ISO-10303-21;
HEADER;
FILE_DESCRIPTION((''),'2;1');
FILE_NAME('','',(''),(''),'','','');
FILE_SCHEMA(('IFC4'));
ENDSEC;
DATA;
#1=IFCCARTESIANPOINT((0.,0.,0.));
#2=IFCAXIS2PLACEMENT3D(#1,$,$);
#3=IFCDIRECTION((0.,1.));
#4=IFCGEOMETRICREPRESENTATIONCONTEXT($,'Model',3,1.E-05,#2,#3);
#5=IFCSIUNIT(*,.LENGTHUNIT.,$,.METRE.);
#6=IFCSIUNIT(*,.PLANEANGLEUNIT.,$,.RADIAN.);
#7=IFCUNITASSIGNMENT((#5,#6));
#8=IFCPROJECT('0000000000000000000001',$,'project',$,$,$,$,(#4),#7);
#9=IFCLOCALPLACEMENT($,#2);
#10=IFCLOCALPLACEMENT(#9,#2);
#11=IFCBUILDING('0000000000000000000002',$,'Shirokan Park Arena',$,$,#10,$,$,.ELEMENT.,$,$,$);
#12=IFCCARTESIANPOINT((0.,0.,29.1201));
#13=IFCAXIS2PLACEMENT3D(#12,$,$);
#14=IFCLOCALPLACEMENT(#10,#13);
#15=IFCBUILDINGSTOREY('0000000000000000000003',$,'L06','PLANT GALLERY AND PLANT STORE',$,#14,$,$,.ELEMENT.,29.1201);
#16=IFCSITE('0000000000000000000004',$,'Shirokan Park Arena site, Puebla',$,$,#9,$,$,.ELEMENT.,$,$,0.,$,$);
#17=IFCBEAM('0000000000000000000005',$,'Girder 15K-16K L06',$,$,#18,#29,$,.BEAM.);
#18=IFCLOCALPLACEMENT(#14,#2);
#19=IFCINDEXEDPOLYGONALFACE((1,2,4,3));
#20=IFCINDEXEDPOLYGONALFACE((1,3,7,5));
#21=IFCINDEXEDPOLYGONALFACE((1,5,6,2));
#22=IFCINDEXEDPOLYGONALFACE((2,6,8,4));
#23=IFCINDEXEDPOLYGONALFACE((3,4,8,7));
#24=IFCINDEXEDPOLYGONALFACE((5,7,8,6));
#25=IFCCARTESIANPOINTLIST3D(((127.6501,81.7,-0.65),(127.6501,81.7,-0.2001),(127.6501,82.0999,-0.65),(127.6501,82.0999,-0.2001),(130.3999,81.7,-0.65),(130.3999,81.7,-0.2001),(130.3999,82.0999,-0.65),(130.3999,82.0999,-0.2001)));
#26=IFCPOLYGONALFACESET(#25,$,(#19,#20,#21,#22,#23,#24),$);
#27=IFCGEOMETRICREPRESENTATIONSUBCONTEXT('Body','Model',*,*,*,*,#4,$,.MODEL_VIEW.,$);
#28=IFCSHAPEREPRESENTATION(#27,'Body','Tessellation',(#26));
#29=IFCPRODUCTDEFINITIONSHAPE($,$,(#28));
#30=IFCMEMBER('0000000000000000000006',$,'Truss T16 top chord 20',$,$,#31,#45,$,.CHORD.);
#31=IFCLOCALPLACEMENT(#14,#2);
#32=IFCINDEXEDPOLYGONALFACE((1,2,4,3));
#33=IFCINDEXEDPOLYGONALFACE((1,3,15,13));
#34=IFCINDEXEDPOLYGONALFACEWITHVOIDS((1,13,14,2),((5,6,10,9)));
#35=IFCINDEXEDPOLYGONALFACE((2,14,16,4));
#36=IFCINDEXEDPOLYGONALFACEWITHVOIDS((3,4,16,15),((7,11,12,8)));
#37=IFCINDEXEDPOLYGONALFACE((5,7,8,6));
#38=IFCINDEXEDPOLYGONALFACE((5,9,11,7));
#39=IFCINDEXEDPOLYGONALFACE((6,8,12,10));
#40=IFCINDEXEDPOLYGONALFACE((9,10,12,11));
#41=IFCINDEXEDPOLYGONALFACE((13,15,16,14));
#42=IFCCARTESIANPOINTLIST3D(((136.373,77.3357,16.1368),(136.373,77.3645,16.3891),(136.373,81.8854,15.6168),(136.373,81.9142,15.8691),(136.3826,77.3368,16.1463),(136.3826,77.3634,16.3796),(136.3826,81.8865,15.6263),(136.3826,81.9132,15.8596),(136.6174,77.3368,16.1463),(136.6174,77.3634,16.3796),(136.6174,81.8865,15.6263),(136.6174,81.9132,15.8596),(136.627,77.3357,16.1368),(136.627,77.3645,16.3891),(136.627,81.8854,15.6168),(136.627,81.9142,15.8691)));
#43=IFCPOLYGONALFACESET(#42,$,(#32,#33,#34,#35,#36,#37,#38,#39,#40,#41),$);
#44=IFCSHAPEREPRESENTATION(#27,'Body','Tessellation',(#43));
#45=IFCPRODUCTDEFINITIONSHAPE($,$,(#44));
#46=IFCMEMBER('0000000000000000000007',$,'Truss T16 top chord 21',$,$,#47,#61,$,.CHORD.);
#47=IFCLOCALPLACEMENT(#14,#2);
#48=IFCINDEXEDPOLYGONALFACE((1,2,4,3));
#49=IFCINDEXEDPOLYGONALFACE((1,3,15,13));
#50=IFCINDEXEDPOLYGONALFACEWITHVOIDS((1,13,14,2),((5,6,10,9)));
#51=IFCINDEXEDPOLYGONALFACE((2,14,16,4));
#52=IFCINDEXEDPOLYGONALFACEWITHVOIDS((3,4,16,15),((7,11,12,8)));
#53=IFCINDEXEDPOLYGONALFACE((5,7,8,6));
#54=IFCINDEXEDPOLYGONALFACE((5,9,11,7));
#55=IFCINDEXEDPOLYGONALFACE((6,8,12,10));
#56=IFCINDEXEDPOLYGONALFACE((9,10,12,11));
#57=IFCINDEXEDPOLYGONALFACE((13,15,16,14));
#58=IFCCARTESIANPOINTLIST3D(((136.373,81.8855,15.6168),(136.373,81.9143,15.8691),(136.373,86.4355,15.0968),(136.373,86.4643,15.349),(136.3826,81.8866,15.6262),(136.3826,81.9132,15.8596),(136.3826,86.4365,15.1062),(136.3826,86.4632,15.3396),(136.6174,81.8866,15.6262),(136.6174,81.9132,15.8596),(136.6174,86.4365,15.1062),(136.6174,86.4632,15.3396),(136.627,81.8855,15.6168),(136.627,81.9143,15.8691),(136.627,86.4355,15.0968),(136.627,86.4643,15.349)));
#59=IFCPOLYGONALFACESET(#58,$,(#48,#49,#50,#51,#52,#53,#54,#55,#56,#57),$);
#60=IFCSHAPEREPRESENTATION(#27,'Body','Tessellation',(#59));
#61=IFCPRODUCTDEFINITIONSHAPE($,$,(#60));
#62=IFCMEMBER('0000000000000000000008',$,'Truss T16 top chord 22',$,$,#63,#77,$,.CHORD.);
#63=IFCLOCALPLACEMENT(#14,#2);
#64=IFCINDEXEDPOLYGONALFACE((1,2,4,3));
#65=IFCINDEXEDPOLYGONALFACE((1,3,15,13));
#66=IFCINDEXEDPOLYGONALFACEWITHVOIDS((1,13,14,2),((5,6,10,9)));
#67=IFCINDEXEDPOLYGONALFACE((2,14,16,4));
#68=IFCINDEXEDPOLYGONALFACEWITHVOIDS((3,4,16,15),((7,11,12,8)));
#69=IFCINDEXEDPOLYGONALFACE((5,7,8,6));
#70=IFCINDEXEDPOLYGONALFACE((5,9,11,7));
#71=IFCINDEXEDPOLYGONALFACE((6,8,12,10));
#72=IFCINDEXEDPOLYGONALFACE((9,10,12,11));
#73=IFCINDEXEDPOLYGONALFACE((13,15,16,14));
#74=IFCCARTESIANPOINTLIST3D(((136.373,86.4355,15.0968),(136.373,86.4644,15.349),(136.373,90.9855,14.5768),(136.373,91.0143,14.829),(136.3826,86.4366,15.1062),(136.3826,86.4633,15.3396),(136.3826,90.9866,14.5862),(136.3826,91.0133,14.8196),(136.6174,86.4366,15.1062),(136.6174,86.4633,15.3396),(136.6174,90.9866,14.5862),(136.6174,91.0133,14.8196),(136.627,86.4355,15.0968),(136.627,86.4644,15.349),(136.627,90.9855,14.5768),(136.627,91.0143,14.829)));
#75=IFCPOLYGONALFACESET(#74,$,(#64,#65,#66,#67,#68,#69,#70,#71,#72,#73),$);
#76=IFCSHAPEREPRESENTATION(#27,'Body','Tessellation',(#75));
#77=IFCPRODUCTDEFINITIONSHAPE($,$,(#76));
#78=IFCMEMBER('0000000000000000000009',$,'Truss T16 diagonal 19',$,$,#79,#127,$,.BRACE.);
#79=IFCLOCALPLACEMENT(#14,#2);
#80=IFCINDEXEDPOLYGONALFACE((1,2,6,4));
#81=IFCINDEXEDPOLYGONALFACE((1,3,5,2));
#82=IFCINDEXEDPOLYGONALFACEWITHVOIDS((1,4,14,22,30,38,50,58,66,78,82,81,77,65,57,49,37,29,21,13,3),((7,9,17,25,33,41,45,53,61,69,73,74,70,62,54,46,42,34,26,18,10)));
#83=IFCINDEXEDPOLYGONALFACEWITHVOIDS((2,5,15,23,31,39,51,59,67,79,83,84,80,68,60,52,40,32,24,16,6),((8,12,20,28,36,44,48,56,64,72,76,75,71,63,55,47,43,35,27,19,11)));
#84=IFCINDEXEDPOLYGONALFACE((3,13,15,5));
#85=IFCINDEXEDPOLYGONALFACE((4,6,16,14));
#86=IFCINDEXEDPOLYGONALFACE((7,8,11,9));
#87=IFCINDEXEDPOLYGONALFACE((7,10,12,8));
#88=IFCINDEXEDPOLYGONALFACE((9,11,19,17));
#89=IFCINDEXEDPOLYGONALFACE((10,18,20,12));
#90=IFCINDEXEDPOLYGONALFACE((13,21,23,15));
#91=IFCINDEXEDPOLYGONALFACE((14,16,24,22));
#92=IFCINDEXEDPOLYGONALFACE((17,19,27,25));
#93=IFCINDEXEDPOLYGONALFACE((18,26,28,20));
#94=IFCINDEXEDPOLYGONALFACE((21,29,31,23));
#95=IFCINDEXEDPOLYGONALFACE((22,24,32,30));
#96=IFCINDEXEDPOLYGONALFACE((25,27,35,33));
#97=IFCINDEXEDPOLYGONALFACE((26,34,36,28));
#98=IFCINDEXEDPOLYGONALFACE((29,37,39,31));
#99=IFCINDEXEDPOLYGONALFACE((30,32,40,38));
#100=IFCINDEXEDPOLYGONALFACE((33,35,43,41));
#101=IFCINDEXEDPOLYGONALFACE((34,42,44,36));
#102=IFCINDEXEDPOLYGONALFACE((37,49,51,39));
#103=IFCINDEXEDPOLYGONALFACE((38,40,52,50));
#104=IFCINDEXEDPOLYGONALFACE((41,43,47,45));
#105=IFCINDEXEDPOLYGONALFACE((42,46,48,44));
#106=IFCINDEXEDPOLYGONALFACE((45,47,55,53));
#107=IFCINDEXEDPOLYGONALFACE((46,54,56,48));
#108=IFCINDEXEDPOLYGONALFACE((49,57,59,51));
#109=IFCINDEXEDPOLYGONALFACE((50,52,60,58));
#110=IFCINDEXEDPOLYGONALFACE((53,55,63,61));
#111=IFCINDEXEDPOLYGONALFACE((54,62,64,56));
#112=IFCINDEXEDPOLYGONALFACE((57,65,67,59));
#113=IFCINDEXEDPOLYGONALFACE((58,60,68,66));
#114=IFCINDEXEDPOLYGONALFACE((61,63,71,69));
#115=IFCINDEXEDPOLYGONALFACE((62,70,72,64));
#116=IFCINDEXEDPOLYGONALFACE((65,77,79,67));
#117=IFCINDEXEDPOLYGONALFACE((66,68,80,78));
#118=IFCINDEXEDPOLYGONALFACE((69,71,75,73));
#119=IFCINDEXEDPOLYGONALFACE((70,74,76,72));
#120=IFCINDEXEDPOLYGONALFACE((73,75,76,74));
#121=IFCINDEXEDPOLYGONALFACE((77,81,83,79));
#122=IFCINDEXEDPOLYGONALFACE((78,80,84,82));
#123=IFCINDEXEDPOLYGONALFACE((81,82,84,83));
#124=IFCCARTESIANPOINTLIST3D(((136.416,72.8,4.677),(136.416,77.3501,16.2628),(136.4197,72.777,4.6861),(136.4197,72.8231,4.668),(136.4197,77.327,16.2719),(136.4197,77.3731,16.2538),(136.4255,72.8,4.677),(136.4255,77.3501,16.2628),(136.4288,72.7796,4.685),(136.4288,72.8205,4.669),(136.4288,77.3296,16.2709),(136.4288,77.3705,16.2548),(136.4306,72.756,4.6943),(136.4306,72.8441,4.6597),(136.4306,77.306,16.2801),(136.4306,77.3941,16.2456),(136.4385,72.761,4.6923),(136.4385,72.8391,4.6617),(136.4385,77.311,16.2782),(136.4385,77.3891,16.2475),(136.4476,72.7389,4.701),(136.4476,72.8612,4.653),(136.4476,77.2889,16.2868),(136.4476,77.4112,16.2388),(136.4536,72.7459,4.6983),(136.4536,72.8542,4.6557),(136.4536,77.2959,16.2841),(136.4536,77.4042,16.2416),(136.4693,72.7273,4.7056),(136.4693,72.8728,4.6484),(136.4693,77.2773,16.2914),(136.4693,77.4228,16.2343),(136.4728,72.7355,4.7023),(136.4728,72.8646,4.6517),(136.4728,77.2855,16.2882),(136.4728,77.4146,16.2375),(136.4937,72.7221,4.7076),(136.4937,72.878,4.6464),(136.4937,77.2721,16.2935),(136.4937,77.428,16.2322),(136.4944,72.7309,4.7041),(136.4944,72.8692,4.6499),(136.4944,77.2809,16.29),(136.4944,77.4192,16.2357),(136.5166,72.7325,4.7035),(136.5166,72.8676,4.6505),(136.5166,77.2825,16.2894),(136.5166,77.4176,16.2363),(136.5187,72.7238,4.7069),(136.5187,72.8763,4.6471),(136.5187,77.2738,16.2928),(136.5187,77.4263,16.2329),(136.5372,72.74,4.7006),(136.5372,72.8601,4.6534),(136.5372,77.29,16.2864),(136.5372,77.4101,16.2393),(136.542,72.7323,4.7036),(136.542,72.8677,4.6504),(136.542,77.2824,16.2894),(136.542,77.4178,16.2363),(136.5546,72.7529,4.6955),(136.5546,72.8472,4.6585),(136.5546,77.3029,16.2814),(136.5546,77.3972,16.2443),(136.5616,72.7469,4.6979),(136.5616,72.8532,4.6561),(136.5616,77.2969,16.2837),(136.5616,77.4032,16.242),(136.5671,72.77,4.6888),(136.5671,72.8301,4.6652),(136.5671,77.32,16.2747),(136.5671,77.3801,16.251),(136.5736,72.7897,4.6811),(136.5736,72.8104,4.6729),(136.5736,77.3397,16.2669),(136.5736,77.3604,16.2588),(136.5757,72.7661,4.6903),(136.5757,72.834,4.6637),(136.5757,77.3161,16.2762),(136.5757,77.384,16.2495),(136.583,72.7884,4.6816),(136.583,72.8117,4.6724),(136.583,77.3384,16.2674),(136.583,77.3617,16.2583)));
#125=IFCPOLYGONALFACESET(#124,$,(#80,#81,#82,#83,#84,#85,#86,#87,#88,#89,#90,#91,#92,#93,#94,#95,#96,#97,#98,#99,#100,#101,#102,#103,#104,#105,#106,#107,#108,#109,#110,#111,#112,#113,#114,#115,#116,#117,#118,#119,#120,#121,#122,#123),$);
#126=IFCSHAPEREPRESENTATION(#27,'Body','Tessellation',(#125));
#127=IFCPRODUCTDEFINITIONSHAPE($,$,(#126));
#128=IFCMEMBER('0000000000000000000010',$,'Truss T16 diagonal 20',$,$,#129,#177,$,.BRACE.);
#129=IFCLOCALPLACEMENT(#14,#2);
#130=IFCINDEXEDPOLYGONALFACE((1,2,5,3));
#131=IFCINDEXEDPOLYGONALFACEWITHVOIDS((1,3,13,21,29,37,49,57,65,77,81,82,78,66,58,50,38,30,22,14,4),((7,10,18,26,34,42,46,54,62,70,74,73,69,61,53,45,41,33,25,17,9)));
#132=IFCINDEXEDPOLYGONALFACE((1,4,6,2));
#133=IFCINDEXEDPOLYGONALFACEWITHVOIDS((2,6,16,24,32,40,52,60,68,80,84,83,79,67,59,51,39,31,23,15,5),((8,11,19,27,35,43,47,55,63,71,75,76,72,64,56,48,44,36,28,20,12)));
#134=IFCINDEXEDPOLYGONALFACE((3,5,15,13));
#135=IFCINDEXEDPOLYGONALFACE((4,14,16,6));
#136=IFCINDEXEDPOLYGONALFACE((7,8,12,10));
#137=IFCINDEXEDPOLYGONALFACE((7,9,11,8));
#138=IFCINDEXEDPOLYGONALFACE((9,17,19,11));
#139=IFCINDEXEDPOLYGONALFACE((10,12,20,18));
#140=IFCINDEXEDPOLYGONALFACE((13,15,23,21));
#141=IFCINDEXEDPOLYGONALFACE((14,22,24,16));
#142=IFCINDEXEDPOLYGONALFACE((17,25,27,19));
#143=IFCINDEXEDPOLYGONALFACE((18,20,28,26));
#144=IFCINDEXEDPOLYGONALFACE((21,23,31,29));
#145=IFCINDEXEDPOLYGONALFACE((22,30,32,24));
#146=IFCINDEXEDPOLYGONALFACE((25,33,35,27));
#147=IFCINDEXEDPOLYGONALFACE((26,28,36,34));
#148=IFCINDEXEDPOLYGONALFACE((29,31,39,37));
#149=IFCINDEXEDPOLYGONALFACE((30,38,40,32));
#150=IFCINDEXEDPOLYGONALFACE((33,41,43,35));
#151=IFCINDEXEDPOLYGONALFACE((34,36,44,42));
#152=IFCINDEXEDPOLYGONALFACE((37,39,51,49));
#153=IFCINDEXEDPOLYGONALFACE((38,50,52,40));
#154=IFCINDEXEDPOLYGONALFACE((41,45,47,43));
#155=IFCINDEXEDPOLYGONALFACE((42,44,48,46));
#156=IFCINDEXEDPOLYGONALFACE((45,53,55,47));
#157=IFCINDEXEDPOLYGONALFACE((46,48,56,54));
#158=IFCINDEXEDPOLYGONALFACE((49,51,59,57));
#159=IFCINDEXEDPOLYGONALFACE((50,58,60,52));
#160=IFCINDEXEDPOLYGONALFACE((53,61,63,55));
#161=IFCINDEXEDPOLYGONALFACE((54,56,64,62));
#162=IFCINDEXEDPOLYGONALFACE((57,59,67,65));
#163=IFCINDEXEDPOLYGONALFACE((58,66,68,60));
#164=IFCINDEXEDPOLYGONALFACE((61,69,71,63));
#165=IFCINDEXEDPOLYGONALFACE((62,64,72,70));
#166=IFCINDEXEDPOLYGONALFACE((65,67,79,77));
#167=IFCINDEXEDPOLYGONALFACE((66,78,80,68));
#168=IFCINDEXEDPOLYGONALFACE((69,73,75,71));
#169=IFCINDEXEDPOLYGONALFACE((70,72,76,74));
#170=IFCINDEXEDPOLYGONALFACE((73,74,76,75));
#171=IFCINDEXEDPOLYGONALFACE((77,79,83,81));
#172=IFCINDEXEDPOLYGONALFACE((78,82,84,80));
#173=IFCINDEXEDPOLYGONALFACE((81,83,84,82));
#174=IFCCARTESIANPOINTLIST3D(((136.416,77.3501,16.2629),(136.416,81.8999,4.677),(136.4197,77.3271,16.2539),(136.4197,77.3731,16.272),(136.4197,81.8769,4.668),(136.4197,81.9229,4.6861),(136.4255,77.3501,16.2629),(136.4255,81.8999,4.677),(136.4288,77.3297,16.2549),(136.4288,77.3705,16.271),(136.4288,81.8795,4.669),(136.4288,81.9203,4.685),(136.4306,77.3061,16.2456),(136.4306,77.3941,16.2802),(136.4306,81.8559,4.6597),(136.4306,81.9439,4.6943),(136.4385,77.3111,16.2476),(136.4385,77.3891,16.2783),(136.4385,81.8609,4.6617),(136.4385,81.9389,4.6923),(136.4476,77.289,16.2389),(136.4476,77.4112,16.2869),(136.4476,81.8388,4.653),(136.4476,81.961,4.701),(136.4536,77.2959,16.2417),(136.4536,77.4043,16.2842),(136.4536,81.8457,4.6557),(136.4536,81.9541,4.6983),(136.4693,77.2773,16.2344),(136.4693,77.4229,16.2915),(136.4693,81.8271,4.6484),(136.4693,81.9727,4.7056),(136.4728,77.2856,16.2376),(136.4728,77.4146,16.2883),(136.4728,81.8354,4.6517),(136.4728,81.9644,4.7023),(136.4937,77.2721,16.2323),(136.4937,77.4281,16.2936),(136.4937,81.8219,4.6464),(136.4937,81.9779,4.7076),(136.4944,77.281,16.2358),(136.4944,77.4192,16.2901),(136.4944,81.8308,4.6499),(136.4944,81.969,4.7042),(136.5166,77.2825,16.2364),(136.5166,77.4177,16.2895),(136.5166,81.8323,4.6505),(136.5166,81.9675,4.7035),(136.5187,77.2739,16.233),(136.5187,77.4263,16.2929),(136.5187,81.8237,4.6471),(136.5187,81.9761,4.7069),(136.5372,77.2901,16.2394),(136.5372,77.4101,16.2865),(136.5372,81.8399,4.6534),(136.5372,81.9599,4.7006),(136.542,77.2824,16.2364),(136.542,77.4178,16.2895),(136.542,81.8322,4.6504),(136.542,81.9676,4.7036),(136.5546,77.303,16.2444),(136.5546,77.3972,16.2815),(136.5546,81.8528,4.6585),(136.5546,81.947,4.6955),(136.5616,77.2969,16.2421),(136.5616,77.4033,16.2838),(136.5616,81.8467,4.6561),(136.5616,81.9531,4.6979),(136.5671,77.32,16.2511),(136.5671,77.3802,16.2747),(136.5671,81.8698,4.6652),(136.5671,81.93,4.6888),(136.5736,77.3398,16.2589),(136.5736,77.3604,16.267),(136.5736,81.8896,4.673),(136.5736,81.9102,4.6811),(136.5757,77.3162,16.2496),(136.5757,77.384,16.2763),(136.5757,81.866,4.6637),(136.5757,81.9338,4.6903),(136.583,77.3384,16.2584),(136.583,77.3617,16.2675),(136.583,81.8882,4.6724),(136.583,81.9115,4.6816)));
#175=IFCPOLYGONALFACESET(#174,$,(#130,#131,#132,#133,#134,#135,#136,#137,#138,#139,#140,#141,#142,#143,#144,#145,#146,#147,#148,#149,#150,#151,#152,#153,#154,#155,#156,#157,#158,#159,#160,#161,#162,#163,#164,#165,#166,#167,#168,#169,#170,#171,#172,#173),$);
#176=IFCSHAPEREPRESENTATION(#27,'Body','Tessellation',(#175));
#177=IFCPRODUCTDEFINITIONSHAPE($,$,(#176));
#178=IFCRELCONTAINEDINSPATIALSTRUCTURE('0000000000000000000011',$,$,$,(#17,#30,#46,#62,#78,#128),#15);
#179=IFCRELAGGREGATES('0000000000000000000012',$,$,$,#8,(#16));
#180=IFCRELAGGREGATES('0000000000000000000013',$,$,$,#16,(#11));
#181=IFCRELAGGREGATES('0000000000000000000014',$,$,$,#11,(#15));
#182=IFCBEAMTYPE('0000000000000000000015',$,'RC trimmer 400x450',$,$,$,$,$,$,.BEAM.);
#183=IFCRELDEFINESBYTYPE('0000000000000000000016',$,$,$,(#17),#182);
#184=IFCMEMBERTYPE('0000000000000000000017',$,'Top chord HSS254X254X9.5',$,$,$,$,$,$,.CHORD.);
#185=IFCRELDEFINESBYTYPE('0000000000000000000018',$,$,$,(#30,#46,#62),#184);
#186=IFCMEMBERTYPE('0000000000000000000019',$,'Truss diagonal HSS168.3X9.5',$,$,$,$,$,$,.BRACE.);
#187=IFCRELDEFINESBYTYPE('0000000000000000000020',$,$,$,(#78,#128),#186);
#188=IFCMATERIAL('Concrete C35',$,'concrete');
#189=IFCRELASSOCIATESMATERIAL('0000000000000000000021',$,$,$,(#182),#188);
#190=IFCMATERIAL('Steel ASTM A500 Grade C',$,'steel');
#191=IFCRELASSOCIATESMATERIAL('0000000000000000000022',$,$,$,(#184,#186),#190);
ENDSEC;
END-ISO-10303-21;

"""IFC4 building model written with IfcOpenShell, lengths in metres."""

from ifc_helpers import new_model, si_unit, direction, frame, origin, origin_2d, place, context, subcontext, project, spatial, rectangle, hollow_rectangle, hollow_circle, extrude, material, material_profile, profile_set, type_object, element, save


model = new_model("IFC4")

# Units and contexts
model_context = context("Model", 3, precision=1e-05, world=origin(), true_north=direction((0.0, 1.0)))
body_context = subcontext(model_context, "Body", "Model", "MODEL_VIEW")
ifc_project = project(units=[si_unit("LENGTHUNIT", "METRE"), si_unit("PLANEANGLEUNIT", "RADIAN")], contexts=[model_context])

# Site, building, storey
site_placement = place(None, origin())
site = spatial("IfcSite", under=ifc_project, at=site_placement, Name="Shirokan Park Arena site, Puebla", CompositionType="ELEMENT", RefElevation=0.0)
building_placement = place(site_placement, origin())
building = spatial("IfcBuilding", under=site, at=building_placement, Name="Shirokan Park Arena", CompositionType="ELEMENT")
storey_placement = place(building_placement, frame((0.0, 0.0, 29.1201)))
storey = spatial("IfcBuildingStorey", under=building, at=storey_placement, Name="L06", Description="PLANT GALLERY AND PLANT STORE", CompositionType="ELEMENT", Elevation=29.1201)

# Shared definitions
ifc_material_1 = material(Name="Concrete C35", Category="concrete")

# Shared definitions
ifc_material_2 = material(Name="Steel ASTM A500 Grade C", Category="steel")

# Beam
ifc_material_profile_1 = material_profile(ifc_material_1, rectangle(XDim=0.3999, YDim=0.45, at=origin_2d()), Name="400x450")
ifc_profile_set_1 = profile_set([ifc_material_profile_1], Name="Concrete C35")
beam_type_1 = type_object("IfcBeamType", Name="RC trimmer 400x450", PredefinedType="BEAM", material=ifc_profile_set_1)
beam_placement = place(storey_placement, frame((127.6501, 81.8999, -0.425), z_axis=(1.0, 0.0, 0.0), x_axis=(0.0, 1.0, 0.0)))
element("IfcBeam", 1, at=beam_placement, inside=storey, type_object=beam_type_1, Name="Girder 15K-16K L06", PredefinedType="BEAM", context=body_context, shape_type="SweptSolid", body=[
    extrude(rectangle(XDim=0.3999, YDim=0.45, at=origin_2d()), origin(), (0.0, 0.0, 1.0), 2.7498),
])

# Members
ifc_material_profile_2 = material_profile(ifc_material_2, hollow_rectangle(XDim=0.2539, YDim=0.2539, WallThickness=0.0095, at=origin_2d()), Name="HSS254X254X9.5")
ifc_profile_set_2 = profile_set([ifc_material_profile_2], Name="Steel ASTM A500 Grade C")
member_type_1 = type_object("IfcMemberType", Name="Top chord HSS254X254X9.5", PredefinedType="CHORD", material=ifc_profile_set_2)
member_1_placement = place(storey_placement, frame((136.5, 77.3501, 16.2629), z_axis=(0.0, 0.993532, -0.113556), x_axis=(-1.0, 0.0, 0.0)))
element("IfcMember", 2, at=member_1_placement, inside=storey, type_object=member_type_1, Name="Truss T16 top chord 20", PredefinedType="CHORD", context=body_context, shape_type="SweptSolid", body=[
    extrude(hollow_rectangle(XDim=0.2539, YDim=0.2539, WallThickness=0.0095, at=origin_2d()), origin(), (0.0, 0.0, 1.0), 4.5793),
])
for number, where, z_axis, x_axis, name in (
    (3, (136.5, 81.8999, 15.7429), (0.0, 0.993532, -0.11355), (-1.0, 0.0, 0.0), "Truss T16 top chord 21"),
    (4, (136.5, 86.45, 15.2229), (0.0, 0.993532, -0.11355), (-1.0, 0.0, 0.0), "Truss T16 top chord 22"),
):
    element("IfcMember", number, at=place(storey_placement, frame(where, z_axis=z_axis, x_axis=x_axis)), inside=storey, type_object=member_type_1, Name=name, PredefinedType="CHORD", context=body_context, shape_type="SweptSolid", body=[
        extrude(hollow_rectangle(XDim=0.2539, YDim=0.2539, WallThickness=0.0095, at=origin_2d()), origin(), (0.0, 0.0, 1.0), 4.5796),
    ])
ifc_material_profile_3 = material_profile(ifc_material_2, hollow_circle(Radius=0.084, WallThickness=0.0095, at=origin_2d()), Name="HSS168.3X9.5")
ifc_profile_set_3 = profile_set([ifc_material_profile_3], Name="Steel ASTM A500 Grade C")
member_type_2 = type_object("IfcMemberType", Name="Truss diagonal HSS168.3X9.5", PredefinedType="BRACE", material=ifc_profile_set_3)
for number, where, z_axis, x_axis, name in (
    (5, (136.5, 72.8, 4.677), (0.0, 0.365543, 0.930794), (-1.0, 0.0, 0.0), "Truss T16 diagonal 19"),
    (6, (136.5, 77.3501, 16.2629), (0.0, 0.365526, -0.930801), (-1.0, 0.0, 0.0), "Truss T16 diagonal 20"),
):
    element("IfcMember", number, at=place(storey_placement, frame(where, z_axis=z_axis, x_axis=x_axis)), inside=storey, type_object=member_type_2, Name=name, PredefinedType="BRACE", context=body_context, shape_type="SweptSolid", body=[
        extrude(hollow_circle(Radius=0.084, WallThickness=0.0095, at=origin_2d()), origin(), (0.0, 0.0, 1.0), 12.4473),
    ])

save(model, "model.ifc")
